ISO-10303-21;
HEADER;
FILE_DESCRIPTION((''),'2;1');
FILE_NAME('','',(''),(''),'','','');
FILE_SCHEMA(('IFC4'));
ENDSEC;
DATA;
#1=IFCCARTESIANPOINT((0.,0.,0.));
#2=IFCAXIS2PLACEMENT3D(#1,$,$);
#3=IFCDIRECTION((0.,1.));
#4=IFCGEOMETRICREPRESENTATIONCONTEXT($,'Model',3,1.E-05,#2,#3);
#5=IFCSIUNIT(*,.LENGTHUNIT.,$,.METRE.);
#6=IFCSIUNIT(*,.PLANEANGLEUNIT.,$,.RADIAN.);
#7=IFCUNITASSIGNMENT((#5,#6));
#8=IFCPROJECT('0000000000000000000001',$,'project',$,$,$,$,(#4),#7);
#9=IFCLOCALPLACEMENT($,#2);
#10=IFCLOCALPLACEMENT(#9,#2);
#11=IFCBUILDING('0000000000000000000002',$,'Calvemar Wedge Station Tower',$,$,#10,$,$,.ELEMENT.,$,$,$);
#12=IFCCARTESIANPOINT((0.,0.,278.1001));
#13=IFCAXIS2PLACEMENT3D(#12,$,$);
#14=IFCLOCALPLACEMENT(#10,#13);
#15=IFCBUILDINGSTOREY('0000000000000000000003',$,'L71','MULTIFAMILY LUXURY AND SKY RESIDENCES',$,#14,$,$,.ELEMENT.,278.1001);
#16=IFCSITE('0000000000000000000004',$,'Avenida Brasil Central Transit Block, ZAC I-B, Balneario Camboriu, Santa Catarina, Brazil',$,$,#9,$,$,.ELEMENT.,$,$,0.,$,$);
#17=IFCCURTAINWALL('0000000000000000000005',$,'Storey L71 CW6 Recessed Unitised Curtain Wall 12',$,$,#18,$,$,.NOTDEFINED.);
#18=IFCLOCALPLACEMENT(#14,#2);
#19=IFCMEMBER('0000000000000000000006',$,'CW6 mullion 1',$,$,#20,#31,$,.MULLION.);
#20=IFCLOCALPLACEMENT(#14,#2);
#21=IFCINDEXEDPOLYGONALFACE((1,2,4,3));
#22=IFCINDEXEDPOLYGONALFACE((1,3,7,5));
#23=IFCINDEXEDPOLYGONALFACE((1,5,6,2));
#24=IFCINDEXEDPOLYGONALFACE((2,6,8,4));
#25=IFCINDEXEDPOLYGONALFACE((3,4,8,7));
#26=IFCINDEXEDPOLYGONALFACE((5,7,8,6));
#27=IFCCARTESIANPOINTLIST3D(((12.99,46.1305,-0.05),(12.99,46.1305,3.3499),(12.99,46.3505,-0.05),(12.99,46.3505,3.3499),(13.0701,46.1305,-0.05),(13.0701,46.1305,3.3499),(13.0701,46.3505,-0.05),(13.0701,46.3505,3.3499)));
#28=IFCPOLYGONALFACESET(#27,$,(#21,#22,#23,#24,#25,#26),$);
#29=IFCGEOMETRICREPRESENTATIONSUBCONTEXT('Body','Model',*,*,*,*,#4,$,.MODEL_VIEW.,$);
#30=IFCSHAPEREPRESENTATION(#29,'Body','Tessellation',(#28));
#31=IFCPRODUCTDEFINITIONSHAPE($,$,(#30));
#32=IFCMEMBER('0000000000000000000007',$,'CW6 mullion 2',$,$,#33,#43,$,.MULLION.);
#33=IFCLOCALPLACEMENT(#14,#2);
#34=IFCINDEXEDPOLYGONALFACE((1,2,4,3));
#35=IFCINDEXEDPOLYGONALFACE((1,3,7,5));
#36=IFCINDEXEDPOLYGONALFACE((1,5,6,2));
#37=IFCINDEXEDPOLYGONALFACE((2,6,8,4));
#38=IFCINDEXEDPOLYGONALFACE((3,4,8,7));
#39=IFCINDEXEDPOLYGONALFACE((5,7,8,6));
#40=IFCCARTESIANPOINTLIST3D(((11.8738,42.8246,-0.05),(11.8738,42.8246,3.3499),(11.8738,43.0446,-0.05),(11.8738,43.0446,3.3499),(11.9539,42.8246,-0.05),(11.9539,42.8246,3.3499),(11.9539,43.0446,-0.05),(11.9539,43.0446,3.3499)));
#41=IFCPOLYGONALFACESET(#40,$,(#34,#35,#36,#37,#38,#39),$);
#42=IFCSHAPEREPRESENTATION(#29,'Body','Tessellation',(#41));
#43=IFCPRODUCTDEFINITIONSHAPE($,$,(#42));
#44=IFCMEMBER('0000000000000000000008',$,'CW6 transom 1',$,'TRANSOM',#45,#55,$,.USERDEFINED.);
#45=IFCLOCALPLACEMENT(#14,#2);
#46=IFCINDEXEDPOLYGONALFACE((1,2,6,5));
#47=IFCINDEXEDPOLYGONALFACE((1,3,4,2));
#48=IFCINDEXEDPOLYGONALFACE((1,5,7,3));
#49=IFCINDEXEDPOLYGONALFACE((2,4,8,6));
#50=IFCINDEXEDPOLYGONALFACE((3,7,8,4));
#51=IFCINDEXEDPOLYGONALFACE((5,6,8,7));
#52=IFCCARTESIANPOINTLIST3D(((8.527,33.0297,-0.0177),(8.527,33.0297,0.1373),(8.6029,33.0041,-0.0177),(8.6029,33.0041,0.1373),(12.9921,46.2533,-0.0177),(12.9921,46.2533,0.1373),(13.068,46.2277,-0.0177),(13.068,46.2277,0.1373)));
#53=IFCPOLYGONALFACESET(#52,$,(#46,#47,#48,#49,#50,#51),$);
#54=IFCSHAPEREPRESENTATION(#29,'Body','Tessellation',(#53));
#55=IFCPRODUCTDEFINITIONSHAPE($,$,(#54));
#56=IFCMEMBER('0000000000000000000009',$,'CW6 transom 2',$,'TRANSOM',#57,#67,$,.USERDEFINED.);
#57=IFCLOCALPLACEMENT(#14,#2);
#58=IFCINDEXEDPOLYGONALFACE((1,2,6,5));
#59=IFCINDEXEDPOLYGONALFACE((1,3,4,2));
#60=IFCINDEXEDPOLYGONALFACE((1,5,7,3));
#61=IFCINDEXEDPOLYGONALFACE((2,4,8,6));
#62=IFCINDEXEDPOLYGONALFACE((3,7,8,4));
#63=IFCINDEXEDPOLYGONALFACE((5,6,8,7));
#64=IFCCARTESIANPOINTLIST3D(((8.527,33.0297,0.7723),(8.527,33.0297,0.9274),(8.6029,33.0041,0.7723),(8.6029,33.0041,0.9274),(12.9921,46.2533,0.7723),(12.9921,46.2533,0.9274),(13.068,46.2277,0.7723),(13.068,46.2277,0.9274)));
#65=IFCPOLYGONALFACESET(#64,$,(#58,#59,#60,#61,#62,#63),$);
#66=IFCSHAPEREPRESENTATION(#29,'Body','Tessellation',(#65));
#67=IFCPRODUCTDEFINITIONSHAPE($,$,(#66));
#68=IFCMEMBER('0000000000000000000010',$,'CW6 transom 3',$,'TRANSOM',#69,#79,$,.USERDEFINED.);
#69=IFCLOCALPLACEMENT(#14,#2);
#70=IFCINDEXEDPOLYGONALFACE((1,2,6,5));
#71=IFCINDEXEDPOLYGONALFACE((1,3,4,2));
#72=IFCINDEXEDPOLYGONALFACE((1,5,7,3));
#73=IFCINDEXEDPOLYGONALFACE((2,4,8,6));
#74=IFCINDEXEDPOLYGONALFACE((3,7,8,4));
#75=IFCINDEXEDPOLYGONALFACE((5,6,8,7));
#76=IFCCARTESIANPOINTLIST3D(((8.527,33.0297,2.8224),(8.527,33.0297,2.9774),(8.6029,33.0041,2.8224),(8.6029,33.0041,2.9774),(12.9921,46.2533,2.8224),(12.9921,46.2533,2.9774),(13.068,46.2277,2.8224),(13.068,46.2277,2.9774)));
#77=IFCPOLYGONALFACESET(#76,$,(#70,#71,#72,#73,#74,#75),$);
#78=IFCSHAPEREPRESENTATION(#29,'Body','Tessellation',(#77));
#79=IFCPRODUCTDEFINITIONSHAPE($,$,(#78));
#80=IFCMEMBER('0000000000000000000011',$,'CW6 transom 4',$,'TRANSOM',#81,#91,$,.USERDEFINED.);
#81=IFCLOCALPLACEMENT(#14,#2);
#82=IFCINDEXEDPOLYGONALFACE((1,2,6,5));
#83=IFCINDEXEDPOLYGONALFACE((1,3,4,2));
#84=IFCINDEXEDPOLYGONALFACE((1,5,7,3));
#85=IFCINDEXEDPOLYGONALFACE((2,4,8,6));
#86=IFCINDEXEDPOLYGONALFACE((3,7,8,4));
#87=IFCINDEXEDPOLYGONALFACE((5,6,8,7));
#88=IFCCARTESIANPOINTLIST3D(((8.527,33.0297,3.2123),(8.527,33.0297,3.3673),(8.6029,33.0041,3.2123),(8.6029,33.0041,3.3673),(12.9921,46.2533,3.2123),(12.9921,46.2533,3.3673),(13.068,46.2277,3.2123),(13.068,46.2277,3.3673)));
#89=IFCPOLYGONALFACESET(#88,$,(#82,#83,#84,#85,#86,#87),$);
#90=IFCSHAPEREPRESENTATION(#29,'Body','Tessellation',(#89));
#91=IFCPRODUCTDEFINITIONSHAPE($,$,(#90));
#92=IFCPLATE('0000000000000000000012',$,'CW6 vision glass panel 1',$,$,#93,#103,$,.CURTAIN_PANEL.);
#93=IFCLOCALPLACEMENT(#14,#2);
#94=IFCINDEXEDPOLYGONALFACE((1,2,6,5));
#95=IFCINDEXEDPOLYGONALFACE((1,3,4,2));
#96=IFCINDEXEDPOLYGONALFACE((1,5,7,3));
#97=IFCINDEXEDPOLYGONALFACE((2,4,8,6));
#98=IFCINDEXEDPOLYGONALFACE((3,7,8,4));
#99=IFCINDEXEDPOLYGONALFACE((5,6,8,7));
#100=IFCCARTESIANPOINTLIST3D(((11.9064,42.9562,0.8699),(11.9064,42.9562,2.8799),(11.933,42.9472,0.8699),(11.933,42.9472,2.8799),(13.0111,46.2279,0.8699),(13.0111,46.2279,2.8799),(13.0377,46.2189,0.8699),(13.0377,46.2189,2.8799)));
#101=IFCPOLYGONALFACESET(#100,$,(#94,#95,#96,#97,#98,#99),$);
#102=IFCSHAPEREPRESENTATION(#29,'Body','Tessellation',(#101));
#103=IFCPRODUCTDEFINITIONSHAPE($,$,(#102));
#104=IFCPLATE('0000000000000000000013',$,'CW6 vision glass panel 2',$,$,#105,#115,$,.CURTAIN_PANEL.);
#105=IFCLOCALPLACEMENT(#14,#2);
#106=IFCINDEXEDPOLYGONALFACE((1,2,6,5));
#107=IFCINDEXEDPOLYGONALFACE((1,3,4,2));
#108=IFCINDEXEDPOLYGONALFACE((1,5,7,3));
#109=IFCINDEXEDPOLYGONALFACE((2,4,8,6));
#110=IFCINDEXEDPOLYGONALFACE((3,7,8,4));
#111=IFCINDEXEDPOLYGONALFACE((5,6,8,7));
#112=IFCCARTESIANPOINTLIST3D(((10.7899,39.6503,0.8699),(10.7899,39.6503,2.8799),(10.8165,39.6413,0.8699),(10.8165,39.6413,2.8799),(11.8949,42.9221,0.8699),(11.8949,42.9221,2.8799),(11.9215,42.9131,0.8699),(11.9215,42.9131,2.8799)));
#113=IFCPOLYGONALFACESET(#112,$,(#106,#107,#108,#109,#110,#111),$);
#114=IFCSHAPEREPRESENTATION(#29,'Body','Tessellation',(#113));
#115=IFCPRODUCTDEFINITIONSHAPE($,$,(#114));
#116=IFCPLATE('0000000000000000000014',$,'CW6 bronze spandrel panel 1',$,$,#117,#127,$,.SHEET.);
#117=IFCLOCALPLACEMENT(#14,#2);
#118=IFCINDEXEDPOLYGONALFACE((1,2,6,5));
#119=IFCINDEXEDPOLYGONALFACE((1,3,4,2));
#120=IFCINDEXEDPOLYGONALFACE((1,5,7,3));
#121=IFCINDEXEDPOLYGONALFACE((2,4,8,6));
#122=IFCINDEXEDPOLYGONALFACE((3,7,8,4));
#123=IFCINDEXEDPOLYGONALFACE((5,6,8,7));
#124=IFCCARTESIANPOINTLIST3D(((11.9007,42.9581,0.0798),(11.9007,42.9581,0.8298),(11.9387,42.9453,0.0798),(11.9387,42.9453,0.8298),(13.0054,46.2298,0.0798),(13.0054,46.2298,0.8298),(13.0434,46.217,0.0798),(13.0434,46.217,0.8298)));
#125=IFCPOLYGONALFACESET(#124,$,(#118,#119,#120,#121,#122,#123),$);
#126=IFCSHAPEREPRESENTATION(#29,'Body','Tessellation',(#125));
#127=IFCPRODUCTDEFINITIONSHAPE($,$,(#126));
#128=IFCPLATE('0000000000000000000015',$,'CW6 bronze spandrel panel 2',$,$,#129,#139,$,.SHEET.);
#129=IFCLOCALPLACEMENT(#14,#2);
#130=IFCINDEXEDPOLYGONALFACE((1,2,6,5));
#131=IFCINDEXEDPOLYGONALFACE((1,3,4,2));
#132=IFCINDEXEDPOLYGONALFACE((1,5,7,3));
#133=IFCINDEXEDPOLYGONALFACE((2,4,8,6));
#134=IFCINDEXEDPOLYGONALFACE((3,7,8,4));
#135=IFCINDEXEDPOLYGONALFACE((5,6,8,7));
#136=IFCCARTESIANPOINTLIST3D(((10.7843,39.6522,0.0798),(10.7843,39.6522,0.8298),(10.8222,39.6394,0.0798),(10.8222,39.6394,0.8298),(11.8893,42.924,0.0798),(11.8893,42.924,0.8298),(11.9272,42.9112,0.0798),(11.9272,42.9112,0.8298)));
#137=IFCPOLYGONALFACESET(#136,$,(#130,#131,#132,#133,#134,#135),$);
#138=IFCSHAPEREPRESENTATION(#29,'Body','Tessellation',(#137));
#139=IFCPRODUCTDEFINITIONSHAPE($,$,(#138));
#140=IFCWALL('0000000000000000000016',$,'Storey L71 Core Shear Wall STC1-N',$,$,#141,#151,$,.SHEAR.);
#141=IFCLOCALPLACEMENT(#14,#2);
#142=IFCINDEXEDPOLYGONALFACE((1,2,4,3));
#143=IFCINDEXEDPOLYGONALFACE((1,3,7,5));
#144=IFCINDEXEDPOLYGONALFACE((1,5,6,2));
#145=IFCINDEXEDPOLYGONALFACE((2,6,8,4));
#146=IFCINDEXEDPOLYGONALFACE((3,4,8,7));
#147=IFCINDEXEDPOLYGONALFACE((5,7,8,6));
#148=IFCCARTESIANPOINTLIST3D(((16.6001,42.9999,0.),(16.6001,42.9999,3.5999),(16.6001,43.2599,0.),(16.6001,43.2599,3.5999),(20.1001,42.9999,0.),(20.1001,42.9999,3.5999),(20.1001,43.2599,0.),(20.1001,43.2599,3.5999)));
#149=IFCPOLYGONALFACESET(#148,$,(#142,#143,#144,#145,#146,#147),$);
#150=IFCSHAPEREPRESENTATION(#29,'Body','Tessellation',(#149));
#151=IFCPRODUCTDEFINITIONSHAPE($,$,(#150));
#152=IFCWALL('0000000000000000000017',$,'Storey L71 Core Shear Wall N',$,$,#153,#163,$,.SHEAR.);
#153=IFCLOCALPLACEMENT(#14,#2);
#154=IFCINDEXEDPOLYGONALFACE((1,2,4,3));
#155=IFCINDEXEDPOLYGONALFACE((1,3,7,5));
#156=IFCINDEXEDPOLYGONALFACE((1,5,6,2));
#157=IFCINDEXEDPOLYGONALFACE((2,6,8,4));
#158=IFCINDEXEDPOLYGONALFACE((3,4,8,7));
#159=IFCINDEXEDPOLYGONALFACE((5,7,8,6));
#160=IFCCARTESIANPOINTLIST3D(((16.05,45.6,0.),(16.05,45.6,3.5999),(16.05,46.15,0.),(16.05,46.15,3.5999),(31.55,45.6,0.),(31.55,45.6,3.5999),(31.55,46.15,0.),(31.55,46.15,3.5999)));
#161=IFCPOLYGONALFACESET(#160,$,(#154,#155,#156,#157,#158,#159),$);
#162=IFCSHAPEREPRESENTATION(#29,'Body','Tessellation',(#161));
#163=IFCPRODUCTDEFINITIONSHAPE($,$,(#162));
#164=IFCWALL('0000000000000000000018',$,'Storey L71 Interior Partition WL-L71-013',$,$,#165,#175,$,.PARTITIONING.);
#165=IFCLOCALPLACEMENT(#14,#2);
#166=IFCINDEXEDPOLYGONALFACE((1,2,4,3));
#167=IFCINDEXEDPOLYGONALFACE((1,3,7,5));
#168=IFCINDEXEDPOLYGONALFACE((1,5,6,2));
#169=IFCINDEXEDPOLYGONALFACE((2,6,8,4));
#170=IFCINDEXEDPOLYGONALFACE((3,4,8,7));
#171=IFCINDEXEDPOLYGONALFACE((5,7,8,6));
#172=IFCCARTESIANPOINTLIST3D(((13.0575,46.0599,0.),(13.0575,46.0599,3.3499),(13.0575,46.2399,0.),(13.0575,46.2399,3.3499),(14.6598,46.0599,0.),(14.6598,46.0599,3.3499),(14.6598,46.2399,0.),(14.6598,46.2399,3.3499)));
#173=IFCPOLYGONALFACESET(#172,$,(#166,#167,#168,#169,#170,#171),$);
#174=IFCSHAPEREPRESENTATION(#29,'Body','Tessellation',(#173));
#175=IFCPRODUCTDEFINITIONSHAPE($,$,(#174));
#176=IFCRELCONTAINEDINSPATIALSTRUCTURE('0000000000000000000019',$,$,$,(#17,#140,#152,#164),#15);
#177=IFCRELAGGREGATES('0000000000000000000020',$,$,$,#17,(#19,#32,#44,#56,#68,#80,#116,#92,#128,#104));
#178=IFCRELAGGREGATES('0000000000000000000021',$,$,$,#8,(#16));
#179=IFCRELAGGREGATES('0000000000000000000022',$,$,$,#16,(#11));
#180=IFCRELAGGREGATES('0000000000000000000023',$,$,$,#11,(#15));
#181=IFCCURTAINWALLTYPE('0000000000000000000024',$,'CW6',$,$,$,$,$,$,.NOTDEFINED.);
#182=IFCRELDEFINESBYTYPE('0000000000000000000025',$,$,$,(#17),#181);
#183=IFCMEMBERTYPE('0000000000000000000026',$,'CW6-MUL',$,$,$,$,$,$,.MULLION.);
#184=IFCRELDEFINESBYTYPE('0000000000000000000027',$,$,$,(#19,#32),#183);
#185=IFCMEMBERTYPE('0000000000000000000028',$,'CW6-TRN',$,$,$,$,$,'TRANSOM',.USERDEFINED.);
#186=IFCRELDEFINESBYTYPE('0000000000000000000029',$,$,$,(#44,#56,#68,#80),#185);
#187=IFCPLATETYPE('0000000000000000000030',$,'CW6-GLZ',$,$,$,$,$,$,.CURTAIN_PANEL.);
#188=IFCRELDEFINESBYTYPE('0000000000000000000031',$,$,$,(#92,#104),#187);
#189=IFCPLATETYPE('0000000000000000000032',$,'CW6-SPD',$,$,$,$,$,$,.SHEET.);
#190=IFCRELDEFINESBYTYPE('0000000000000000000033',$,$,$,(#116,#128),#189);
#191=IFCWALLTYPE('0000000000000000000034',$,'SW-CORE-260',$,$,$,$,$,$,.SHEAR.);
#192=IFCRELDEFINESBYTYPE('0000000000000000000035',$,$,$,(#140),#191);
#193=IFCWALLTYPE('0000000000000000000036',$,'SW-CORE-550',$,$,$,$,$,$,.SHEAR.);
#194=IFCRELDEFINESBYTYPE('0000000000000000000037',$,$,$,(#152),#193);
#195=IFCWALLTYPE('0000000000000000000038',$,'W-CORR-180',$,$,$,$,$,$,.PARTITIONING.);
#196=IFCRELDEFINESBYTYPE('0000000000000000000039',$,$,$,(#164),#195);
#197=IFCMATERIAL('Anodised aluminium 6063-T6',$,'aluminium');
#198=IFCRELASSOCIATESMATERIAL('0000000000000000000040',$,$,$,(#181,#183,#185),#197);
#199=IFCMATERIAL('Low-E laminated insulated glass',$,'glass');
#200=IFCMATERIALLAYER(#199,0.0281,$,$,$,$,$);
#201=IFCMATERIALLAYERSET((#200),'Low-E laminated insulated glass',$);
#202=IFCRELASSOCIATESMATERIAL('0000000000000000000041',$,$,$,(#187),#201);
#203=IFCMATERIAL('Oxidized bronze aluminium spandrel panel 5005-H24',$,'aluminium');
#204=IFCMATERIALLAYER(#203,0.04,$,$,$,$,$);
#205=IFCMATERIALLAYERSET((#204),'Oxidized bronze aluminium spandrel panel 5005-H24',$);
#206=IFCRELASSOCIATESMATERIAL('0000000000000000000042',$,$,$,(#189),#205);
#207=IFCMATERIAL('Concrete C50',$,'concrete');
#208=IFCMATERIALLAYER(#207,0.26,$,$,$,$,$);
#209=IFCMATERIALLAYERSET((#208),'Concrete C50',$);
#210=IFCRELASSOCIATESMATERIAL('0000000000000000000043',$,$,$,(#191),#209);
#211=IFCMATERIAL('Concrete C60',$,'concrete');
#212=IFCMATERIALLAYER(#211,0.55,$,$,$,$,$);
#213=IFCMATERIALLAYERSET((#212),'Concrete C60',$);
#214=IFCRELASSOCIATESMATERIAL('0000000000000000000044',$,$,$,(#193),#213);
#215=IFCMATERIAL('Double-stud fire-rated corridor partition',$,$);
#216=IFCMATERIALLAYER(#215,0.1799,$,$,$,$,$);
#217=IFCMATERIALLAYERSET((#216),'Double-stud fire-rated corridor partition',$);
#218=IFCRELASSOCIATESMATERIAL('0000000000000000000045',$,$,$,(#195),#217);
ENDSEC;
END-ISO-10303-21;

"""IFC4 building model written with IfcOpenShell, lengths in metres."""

from ifc_helpers import new_model, si_unit, direction, frame, frame_2d, origin, origin_2d, place, context, subcontext, project, spatial, rectangle, extrude, source, transform, mapped, material, layer, layer_set, material_profile, profile_set, type_object, element, aggregate, save


model = new_model("IFC4")

# Units and contexts
model_context = context("Model", 3, precision=1e-05, world=origin(), true_north=direction((0.0, 1.0)))
body_context = subcontext(model_context, "Body", "Model", "MODEL_VIEW")
ifc_project = project(units=[si_unit("LENGTHUNIT", "METRE"), si_unit("PLANEANGLEUNIT", "RADIAN")], contexts=[model_context])

# Site, building, storey
site_placement = place(None, origin())
site = spatial("IfcSite", under=ifc_project, at=site_placement, Name="Avenida Brasil Central Transit Block, ZAC I-B, Balneario Camboriu, Santa Catarina, Brazil", CompositionType="ELEMENT", RefElevation=0.0)
building_placement = place(site_placement, origin())
building = spatial("IfcBuilding", under=site, at=building_placement, Name="Calvemar Wedge Station Tower", CompositionType="ELEMENT")
storey_placement = place(building_placement, frame((0.0, 0.0, 278.1001)))
storey = spatial("IfcBuildingStorey", under=building, at=storey_placement, Name="L71", Description="MULTIFAMILY LUXURY AND SKY RESIDENCES", CompositionType="ELEMENT", Elevation=278.1001)

# Curtain wall, members, plates
ifc_material_1 = material(Name="Anodised aluminium 6063-T6", Category="aluminium")
curtain_wall_type = type_object("IfcCurtainWallType", Name="CW6", PredefinedType="NOTDEFINED", material=ifc_material_1)
curtain_wall_placement = place(storey_placement, origin())
curtain_wall = element("IfcCurtainWall", 1, at=curtain_wall_placement, inside=storey, type_object=curtain_wall_type, Name="Storey L71 CW6 Recessed Unitised Curtain Wall 12", PredefinedType="NOTDEFINED")
ifc_material_profile_1 = material_profile(ifc_material_1, rectangle(XDim=0.0801, YDim=0.22, at=origin_2d()), Name="AL-MUL-80x220")
ifc_profile_set_1 = profile_set([ifc_material_profile_1], Name="Anodised aluminium 6063-T6")
member_type_1 = type_object("IfcMemberType", Name="CW6-MUL", PredefinedType="MULLION", material=ifc_profile_set_1)
shared_shape_1 = source(origin(), body_context, "Body", "SweptSolid", [
    extrude(rectangle(XDim=0.0801, YDim=0.22, at=origin_2d()), origin(), (0.0, 0.0, 1.0), 3.3999),
])
member_1_placement = place(storey_placement, frame((13.03, 46.2405, -0.05), z_axis=(0.0, 0.0, 1.0), x_axis=(1.0, 0.0, 0.0)))
member_1 = element("IfcMember", 2, at=member_1_placement, type_object=member_type_1, Name="CW6 mullion 1", PredefinedType="MULLION", context=body_context, shape_type="MappedRepresentation", body=[
    mapped(shared_shape_1, transform((0.0, 0.0, 0.0), scale=1.0)),
])
member_2_placement = place(storey_placement, frame((11.9138, 42.9346, -0.05), z_axis=(0.0, 0.0, 1.0), x_axis=(1.0, 0.0, 0.0)))
member_2 = element("IfcMember", 3, at=member_2_placement, type_object=member_type_1, Name="CW6 mullion 2", PredefinedType="MULLION", context=body_context, shape_type="MappedRepresentation", body=[
    mapped(shared_shape_1, transform((0.0, 0.0, 0.0), scale=1.0)),
])
ifc_material_profile_2 = material_profile(ifc_material_1, rectangle(XDim=0.0801, YDim=0.155, at=origin_2d()), Name="AL-TRN-80x155")
ifc_profile_set_2 = profile_set([ifc_material_profile_2], Name="Anodised aluminium 6063-T6")
member_type_2 = type_object("IfcMemberType", Name="CW6-TRN", ElementType="TRANSOM", PredefinedType="USERDEFINED", material=ifc_profile_set_2)
shared_shape_2 = source(origin(), body_context, "Body", "SweptSolid", [
    extrude(rectangle(XDim=0.0801, YDim=0.155, at=origin_2d()), origin(), (0.0, 0.0, 1.0), 13.957),
])
member_3_placement = place(storey_placement, frame((13.03, 46.2405, 0.0598), z_axis=(-0.319914, -0.947446, 0.0), x_axis=(0.947446, -0.319914, 0.0)))
member_3 = element("IfcMember", 4, at=member_3_placement, type_object=member_type_2, Name="CW6 transom 1", ObjectType="TRANSOM", PredefinedType="USERDEFINED", context=body_context, shape_type="MappedRepresentation", body=[
    mapped(shared_shape_2, transform((0.0, 0.0, 0.0), scale=1.0)),
])
member_4_placement = place(storey_placement, frame((13.03, 46.2405, 0.8499), z_axis=(-0.319914, -0.947446, 0.0), x_axis=(0.947446, -0.319914, 0.0)))
member_4 = element("IfcMember", 5, at=member_4_placement, type_object=member_type_2, Name="CW6 transom 2", ObjectType="TRANSOM", PredefinedType="USERDEFINED", context=body_context, shape_type="MappedRepresentation", body=[
    mapped(shared_shape_2, transform((0.0, 0.0, 0.0), scale=1.0)),
])
member_5_placement = place(storey_placement, frame((13.03, 46.2405, 2.8999), z_axis=(-0.319914, -0.947446, 0.0), x_axis=(0.947446, -0.319914, 0.0)))
member_5 = element("IfcMember", 6, at=member_5_placement, type_object=member_type_2, Name="CW6 transom 3", ObjectType="TRANSOM", PredefinedType="USERDEFINED", context=body_context, shape_type="MappedRepresentation", body=[
    mapped(shared_shape_2, transform((0.0, 0.0, 0.0), scale=1.0)),
])
member_6_placement = place(storey_placement, frame((13.03, 46.2405, 3.2898), z_axis=(-0.319914, -0.947446, 0.0), x_axis=(0.947446, -0.319914, 0.0)))
member_6 = element("IfcMember", 7, at=member_6_placement, type_object=member_type_2, Name="CW6 transom 4", ObjectType="TRANSOM", PredefinedType="USERDEFINED", context=body_context, shape_type="MappedRepresentation", body=[
    mapped(shared_shape_2, transform((0.0, 0.0, 0.0), scale=1.0)),
])
ifc_material_2 = material(Name="Low-E laminated insulated glass", Category="glass")
ifc_layer_1 = layer(ifc_material_2, 0.0281)
ifc_layer_set_1 = layer_set([ifc_layer_1], Name="Low-E laminated insulated glass")
plate_type_1 = type_object("IfcPlateType", Name="CW6-GLZ", PredefinedType="CURTAIN_PANEL", material=ifc_layer_set_1)
plate_1_placement = place(storey_placement, frame((13.0244, 46.2234, 0.8699), z_axis=(0.0, 0.0, 1.0), x_axis=(-0.319916, -0.947446, 0.0)))
plate_1 = element("IfcPlate", 8, at=plate_1_placement, type_object=plate_type_1, Name="CW6 vision glass panel 1", PredefinedType="CURTAIN_PANEL", context=body_context, shape_type="SweptSolid", body=[
    extrude(rectangle(XDim=3.4531, YDim=0.0281, at=frame_2d((1.7266, 0.0))), origin(), (0.0, 0.0, 1.0), 2.01),
])
plate_2_placement = place(storey_placement, frame((11.9082, 42.9175, 0.8699), z_axis=(0.0, 0.0, 1.0), x_axis=(-0.319979, -0.947425, 0.0)))
plate_2 = element("IfcPlate", 9, at=plate_2_placement, type_object=plate_type_1, Name="CW6 vision glass panel 2", PredefinedType="CURTAIN_PANEL", context=body_context, shape_type="SweptSolid", body=[
    extrude(rectangle(XDim=3.4534, YDim=0.0281, at=frame_2d((1.7266, 0.0))), origin(), (0.0, 0.0, 1.0), 2.01),
])
ifc_material_3 = material(Name="Oxidized bronze aluminium spandrel panel 5005-H24", Category="aluminium")
ifc_layer_2 = layer(ifc_material_3, 0.04)
ifc_layer_set_2 = layer_set([ifc_layer_2], Name="Oxidized bronze aluminium spandrel panel 5005-H24")
plate_type_2 = type_object("IfcPlateType", Name="CW6-SPD", PredefinedType="SHEET", material=ifc_layer_set_2)
plate_3_placement = place(storey_placement, frame((13.0244, 46.2234, 0.0798), z_axis=(0.0, 0.0, 1.0), x_axis=(-0.319916, -0.947446, 0.0)))
plate_3 = element("IfcPlate", 10, at=plate_3_placement, type_object=plate_type_2, Name="CW6 bronze spandrel panel 1", PredefinedType="SHEET", context=body_context, shape_type="SweptSolid", body=[
    extrude(rectangle(XDim=3.4531, YDim=0.04, at=frame_2d((1.7266, 0.0))), origin(), (0.0, 0.0, 1.0), 0.75),
])
plate_4_placement = place(storey_placement, frame((11.9082, 42.9175, 0.0798), z_axis=(0.0, 0.0, 1.0), x_axis=(-0.319979, -0.947425, 0.0)))
plate_4 = element("IfcPlate", 11, at=plate_4_placement, type_object=plate_type_2, Name="CW6 bronze spandrel panel 2", PredefinedType="SHEET", context=body_context, shape_type="SweptSolid", body=[
    extrude(rectangle(XDim=3.4534, YDim=0.04, at=frame_2d((1.7266, 0.0))), origin(), (0.0, 0.0, 1.0), 0.75),
])
aggregate(curtain_wall, [member_1, member_2, member_3, member_4, member_5, member_6, plate_3, plate_1, plate_4, plate_2])

# Walls
ifc_material_4 = material(Name="Concrete C50", Category="concrete")
ifc_layer_3 = layer(ifc_material_4, 0.26)
ifc_layer_set_3 = layer_set([ifc_layer_3], Name="Concrete C50")
wall_type_1 = type_object("IfcWallType", Name="SW-CORE-260", PredefinedType="SHEAR", material=ifc_layer_set_3)
wall_1_placement = place(storey_placement, frame((16.6001, 43.1299, 0.0), z_axis=(0.0, 0.0, 1.0), x_axis=(1.0, 0.0, 0.0)))
element("IfcWall", 12, at=wall_1_placement, inside=storey, type_object=wall_type_1, Name="Storey L71 Core Shear Wall STC1-N", PredefinedType="SHEAR", context=body_context, shape_type="SweptSolid", body=[
    extrude(rectangle(XDim=3.5, YDim=0.26, at=frame_2d((1.75, 0.0))), origin(), (0.0, 0.0, 1.0), 3.5999),
])
ifc_material_5 = material(Name="Concrete C60", Category="concrete")
ifc_layer_4 = layer(ifc_material_5, 0.55)
ifc_layer_set_4 = layer_set([ifc_layer_4], Name="Concrete C60")
wall_type_2 = type_object("IfcWallType", Name="SW-CORE-550", PredefinedType="SHEAR", material=ifc_layer_set_4)
wall_2_placement = place(storey_placement, frame((16.05, 45.875, 0.0), z_axis=(0.0, 0.0, 1.0), x_axis=(1.0, 0.0, 0.0)))
element("IfcWall", 13, at=wall_2_placement, inside=storey, type_object=wall_type_2, Name="Storey L71 Core Shear Wall N", PredefinedType="SHEAR", context=body_context, shape_type="SweptSolid", body=[
    extrude(rectangle(XDim=15.5, YDim=0.55, at=frame_2d((7.75, 0.0))), origin(), (0.0, 0.0, 1.0), 3.5999),
])
ifc_material_6 = material(Name="Double-stud fire-rated corridor partition")
ifc_layer_5 = layer(ifc_material_6, 0.1799)
ifc_layer_set_5 = layer_set([ifc_layer_5], Name="Double-stud fire-rated corridor partition")
wall_type_3 = type_object("IfcWallType", Name="W-CORR-180", PredefinedType="PARTITIONING", material=ifc_layer_set_5)
wall_3_placement = place(storey_placement, frame((14.6599, 46.1499, 0.0), z_axis=(0.0, 0.0, 1.0), x_axis=(-1.0, 0.0, 0.0)))
element("IfcWall", 14, at=wall_3_placement, inside=storey, type_object=wall_type_3, Name="Storey L71 Interior Partition WL-L71-013", PredefinedType="PARTITIONING", context=body_context, shape_type="SweptSolid", body=[
    extrude(rectangle(XDim=1.6023, YDim=0.1799, at=frame_2d((0.8013, 0.0))), origin(), (0.0, 0.0, 1.0), 3.3499),
])

save(model, "model.ifc")
